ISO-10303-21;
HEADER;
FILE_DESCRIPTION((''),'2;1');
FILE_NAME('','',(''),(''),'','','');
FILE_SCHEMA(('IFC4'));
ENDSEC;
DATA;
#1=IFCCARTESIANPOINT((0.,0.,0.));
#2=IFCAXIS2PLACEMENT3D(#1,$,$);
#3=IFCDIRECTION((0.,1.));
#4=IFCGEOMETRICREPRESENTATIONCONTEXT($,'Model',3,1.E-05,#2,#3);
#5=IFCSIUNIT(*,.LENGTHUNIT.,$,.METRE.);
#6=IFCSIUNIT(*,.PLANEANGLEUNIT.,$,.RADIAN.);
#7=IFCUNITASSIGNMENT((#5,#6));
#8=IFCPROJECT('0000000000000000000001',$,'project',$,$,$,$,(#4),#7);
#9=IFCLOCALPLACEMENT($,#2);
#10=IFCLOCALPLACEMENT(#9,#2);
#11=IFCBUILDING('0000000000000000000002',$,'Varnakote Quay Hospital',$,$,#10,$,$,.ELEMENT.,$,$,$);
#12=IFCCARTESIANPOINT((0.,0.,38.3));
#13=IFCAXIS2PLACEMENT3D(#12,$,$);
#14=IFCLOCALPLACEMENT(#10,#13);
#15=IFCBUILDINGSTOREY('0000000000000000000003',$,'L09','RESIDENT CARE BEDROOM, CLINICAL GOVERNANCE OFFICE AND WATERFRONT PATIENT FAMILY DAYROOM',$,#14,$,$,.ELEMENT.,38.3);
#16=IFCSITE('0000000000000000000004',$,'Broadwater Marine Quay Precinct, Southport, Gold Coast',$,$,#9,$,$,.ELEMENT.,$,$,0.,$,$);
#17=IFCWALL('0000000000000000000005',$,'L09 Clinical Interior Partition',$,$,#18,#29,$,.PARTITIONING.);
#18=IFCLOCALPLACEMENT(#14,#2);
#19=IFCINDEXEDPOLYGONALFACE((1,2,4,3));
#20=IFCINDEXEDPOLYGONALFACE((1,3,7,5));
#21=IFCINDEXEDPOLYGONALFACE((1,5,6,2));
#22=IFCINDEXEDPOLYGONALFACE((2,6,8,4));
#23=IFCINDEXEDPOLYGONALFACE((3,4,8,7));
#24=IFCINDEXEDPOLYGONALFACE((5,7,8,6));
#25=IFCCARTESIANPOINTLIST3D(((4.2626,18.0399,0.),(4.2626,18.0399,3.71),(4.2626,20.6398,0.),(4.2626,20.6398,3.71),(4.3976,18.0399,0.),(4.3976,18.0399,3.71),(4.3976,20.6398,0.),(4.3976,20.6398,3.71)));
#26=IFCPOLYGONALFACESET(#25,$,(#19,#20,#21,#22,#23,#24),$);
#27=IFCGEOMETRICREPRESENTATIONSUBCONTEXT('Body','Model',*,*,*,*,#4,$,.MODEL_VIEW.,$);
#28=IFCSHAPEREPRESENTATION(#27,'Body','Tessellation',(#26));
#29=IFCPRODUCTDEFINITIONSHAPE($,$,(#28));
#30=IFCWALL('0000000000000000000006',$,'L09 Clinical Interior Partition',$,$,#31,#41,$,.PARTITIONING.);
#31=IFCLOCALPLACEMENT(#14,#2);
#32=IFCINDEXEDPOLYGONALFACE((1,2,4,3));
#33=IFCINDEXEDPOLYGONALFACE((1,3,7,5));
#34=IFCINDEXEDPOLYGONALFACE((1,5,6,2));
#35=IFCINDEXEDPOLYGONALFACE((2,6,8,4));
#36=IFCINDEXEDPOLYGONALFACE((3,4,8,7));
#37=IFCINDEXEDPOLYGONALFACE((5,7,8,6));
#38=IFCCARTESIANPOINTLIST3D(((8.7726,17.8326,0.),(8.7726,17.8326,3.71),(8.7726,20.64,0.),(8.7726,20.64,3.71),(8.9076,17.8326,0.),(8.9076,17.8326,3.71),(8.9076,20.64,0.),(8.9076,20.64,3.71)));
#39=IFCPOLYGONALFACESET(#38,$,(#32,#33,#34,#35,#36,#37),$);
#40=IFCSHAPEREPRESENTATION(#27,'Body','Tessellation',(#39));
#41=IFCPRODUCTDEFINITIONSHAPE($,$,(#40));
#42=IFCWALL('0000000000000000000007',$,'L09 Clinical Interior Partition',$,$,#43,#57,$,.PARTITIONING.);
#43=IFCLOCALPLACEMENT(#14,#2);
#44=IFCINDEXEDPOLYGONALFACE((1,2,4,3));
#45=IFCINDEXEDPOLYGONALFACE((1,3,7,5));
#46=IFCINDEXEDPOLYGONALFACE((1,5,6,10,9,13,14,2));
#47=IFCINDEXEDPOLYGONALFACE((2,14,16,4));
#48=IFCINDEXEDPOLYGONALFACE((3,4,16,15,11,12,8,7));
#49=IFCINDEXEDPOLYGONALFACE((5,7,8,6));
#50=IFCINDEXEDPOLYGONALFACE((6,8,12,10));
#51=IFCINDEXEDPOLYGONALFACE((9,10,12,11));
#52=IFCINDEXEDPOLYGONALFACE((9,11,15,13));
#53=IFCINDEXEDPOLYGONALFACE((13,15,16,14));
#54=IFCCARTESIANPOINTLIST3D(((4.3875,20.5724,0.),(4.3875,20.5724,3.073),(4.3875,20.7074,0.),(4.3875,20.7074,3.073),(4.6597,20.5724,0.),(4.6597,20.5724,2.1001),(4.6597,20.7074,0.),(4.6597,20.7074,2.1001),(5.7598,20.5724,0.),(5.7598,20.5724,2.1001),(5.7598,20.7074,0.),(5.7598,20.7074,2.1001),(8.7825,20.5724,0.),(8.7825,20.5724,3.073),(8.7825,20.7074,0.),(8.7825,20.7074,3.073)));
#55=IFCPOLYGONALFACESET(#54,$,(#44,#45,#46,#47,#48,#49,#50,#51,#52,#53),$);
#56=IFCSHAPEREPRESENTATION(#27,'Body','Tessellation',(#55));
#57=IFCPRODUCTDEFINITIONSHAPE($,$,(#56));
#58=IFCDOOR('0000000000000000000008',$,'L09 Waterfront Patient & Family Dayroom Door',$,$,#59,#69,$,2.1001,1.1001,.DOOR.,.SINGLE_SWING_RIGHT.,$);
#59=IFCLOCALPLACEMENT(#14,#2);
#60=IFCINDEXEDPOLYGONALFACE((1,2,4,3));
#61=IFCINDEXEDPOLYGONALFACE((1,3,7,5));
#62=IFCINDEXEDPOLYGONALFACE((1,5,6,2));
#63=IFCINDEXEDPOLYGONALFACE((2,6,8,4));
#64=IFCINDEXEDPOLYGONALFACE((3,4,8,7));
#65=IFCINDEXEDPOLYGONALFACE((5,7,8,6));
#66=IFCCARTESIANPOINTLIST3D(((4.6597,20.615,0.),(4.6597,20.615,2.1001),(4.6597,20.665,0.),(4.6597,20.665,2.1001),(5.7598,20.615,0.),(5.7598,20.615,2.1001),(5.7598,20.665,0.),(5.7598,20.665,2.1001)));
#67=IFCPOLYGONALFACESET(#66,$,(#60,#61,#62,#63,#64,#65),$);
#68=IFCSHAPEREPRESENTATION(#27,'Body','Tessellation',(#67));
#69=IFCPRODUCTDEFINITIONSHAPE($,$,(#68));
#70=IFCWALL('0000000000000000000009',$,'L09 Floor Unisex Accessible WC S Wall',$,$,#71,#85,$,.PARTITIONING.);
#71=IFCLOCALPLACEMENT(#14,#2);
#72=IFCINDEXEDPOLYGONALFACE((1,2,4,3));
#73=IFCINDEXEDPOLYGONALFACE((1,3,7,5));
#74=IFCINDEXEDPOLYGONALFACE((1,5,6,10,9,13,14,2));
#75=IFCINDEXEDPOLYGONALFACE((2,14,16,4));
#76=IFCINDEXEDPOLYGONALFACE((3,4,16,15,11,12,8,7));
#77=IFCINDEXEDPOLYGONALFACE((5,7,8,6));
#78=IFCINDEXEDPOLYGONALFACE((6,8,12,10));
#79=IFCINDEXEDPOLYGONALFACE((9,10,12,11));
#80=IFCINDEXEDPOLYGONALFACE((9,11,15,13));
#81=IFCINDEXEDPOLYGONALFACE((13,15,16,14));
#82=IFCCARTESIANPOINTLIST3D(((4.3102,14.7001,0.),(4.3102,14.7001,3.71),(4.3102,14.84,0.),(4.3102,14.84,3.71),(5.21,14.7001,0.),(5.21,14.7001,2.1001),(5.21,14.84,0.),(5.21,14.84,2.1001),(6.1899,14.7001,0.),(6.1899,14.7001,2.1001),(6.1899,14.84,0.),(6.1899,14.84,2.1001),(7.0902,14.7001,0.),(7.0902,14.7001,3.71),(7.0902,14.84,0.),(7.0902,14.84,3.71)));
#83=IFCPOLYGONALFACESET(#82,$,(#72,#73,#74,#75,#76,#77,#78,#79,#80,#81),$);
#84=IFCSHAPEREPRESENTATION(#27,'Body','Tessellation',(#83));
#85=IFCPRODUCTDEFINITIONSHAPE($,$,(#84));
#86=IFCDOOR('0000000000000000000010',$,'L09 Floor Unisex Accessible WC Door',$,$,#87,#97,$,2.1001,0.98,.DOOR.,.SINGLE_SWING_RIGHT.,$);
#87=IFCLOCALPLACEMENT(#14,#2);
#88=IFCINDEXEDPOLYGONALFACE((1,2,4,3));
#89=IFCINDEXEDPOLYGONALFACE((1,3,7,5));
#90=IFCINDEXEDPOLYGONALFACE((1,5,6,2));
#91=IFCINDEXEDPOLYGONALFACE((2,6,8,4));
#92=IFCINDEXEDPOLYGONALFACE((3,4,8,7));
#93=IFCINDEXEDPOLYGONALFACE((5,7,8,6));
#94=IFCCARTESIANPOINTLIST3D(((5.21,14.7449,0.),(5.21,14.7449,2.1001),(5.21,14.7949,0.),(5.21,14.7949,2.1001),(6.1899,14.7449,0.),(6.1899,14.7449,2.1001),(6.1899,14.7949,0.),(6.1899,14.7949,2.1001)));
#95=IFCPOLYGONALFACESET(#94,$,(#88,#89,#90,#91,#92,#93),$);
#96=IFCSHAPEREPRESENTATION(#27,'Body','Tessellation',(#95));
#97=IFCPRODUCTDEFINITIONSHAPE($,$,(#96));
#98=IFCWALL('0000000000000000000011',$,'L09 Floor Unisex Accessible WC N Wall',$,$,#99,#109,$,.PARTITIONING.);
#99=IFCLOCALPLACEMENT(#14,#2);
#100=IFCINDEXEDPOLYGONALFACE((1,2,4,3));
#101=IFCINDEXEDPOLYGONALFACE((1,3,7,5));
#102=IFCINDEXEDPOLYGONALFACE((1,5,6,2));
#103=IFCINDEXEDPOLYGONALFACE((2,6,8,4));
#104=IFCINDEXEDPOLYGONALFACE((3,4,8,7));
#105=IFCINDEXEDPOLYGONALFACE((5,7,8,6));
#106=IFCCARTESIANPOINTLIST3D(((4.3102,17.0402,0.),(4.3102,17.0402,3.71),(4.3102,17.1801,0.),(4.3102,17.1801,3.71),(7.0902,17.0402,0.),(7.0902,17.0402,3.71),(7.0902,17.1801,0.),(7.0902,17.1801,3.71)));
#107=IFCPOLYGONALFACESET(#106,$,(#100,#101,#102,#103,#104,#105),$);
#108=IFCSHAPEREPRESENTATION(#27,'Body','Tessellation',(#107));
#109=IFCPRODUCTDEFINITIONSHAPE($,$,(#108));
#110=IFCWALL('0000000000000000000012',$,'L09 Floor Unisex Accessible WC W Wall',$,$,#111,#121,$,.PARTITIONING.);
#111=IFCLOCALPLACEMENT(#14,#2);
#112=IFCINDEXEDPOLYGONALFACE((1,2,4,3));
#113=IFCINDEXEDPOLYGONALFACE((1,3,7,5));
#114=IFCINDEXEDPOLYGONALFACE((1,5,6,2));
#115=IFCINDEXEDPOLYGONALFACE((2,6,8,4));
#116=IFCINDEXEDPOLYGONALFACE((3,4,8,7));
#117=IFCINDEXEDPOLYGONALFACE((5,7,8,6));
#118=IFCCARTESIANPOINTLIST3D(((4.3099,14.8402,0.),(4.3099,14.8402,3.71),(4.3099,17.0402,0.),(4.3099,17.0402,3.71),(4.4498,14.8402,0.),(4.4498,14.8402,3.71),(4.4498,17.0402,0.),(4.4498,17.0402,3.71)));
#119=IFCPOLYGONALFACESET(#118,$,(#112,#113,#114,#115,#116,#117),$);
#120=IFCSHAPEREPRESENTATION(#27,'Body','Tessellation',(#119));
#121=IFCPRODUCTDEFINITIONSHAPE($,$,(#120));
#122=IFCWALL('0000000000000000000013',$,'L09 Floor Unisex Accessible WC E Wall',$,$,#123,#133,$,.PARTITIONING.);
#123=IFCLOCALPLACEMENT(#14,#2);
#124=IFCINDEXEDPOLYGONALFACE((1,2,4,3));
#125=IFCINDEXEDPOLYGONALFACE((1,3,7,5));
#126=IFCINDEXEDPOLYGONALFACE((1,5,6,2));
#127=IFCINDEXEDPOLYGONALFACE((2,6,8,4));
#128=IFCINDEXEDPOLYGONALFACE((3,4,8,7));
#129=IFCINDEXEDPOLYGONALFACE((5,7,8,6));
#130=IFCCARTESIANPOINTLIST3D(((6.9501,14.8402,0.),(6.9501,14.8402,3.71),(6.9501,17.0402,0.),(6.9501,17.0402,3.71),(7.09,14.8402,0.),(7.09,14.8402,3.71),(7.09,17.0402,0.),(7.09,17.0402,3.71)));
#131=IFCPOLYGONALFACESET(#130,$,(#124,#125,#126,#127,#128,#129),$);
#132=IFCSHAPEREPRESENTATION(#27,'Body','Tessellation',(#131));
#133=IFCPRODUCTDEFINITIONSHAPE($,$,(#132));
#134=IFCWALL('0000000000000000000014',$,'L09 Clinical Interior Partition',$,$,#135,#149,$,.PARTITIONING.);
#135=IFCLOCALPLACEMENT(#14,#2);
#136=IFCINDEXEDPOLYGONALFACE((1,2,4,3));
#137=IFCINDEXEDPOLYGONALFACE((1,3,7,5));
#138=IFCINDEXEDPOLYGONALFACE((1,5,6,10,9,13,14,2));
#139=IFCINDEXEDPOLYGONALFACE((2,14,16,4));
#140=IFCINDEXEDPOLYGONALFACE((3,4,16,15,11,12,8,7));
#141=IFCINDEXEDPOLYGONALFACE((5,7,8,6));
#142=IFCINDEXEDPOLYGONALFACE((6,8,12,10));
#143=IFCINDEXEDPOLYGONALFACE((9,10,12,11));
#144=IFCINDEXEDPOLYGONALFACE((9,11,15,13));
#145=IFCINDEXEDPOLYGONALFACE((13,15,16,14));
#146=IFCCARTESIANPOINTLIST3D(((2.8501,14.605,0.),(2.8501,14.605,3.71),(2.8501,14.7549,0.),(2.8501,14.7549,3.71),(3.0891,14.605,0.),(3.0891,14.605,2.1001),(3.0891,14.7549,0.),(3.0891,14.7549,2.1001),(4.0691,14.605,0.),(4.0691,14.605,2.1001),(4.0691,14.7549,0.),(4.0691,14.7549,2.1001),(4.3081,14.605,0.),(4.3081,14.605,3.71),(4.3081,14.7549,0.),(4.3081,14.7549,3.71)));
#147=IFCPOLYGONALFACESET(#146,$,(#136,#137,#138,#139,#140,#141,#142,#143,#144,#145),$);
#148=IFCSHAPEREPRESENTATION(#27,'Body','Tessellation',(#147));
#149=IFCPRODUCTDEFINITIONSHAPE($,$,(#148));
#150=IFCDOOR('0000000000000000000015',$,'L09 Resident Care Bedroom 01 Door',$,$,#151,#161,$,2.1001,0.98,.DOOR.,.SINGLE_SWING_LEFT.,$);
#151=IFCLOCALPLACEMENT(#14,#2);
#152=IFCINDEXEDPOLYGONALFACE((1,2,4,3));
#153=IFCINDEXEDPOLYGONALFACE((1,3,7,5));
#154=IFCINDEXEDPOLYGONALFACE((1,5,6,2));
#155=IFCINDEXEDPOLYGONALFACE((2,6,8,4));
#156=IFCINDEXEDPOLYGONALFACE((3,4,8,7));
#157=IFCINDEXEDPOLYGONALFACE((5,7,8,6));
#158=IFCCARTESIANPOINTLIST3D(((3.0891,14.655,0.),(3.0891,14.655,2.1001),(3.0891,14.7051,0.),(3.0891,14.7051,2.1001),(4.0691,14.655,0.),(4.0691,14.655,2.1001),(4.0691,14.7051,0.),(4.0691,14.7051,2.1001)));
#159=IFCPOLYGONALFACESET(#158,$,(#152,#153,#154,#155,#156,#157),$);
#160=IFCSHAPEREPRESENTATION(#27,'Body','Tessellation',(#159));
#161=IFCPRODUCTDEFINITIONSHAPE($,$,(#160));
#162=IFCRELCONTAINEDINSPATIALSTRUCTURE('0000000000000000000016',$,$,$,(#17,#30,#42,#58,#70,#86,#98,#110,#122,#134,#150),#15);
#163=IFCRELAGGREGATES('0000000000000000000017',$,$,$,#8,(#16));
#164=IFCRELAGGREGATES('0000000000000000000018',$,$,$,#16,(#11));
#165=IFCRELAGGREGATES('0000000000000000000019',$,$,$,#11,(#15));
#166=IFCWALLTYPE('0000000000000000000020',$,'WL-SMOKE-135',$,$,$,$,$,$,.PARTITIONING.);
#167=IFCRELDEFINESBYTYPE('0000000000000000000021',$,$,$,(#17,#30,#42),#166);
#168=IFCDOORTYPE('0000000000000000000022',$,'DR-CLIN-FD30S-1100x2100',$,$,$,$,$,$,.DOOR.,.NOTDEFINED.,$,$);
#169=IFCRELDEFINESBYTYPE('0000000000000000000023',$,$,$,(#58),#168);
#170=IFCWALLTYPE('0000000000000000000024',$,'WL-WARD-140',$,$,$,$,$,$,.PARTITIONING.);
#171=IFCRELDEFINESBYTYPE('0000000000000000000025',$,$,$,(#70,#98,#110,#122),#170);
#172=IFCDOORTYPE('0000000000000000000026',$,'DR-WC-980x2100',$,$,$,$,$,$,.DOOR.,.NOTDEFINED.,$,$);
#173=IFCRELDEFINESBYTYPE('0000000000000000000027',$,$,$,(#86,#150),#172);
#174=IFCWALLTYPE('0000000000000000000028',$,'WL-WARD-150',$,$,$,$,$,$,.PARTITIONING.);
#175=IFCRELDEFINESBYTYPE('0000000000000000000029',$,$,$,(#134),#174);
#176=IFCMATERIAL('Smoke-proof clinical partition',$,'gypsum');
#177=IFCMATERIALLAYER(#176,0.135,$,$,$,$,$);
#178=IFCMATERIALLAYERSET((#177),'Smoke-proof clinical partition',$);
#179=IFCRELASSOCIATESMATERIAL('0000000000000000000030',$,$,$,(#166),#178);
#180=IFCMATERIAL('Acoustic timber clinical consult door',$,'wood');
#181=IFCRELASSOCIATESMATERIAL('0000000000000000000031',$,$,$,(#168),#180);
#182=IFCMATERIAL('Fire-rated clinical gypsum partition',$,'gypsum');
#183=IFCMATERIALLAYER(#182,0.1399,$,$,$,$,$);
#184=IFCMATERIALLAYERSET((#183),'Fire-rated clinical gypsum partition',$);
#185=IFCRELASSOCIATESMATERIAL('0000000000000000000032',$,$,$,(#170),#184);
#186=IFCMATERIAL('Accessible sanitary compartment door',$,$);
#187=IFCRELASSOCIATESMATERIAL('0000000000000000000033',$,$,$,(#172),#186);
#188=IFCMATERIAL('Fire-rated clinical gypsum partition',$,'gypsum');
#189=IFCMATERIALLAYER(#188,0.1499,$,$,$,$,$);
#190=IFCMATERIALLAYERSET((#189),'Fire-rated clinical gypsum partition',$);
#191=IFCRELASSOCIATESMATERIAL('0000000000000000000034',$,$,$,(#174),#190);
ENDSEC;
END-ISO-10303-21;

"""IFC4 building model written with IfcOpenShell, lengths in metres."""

from ifc_helpers import new_model, si_unit, direction, frame, frame_2d, origin, place, context, subcontext, project, spatial, rectangle, extrude, material, layer, layer_set, type_object, element, fill, save


model = new_model("IFC4")

# Units and contexts
model_context = context("Model", 3, precision=1e-05, world=origin(), true_north=direction((0.0, 1.0)))
body_context = subcontext(model_context, "Body", "Model", "MODEL_VIEW")
ifc_project = project(units=[si_unit("LENGTHUNIT", "METRE"), si_unit("PLANEANGLEUNIT", "RADIAN")], contexts=[model_context])

# Site, building, storey
site_placement = place(None, origin())
site = spatial("IfcSite", under=ifc_project, at=site_placement, Name="Broadwater Marine Quay Precinct, Southport, Gold Coast", CompositionType="ELEMENT", RefElevation=0.0)
building_placement = place(site_placement, origin())
building = spatial("IfcBuilding", under=site, at=building_placement, Name="Varnakote Quay Hospital", CompositionType="ELEMENT")
storey_placement = place(building_placement, frame((0.0, 0.0, 38.3)))
storey = spatial("IfcBuildingStorey", under=building, at=storey_placement, Name="L09", Description="RESIDENT CARE BEDROOM, CLINICAL GOVERNANCE OFFICE AND WATERFRONT PATIENT FAMILY DAYROOM", CompositionType="ELEMENT", Elevation=38.3)

# Walls
ifc_material_1 = material(Name="Smoke-proof clinical partition", Category="gypsum")
ifc_layer_1 = layer(ifc_material_1, 0.135)
ifc_layer_set_1 = layer_set([ifc_layer_1], Name="Smoke-proof clinical partition")
wall_type_1 = type_object("IfcWallType", Name="WL-SMOKE-135", PredefinedType="PARTITIONING", material=ifc_layer_set_1)
wall_1_placement = place(storey_placement, frame((4.3301, 18.04, 0.0), z_axis=(0.0, 0.0, 1.0), x_axis=(0.0, 1.0, 0.0)))
element("IfcWall", 1, at=wall_1_placement, inside=storey, type_object=wall_type_1, Name="L09 Clinical Interior Partition", PredefinedType="PARTITIONING", context=body_context, shape_type="SweptSolid", body=[
    extrude(rectangle(XDim=2.5999, YDim=0.135, at=frame_2d((1.2998, 0.0))), origin(), (0.0, 0.0, 1.0), 3.71),
])
wall_2_placement = place(storey_placement, frame((8.8401, 17.8325, 0.0), z_axis=(0.0, 0.0, 1.0), x_axis=(0.0, 1.0, 0.0)))
element("IfcWall", 2, at=wall_2_placement, inside=storey, type_object=wall_type_1, Name="L09 Clinical Interior Partition", PredefinedType="PARTITIONING", context=body_context, shape_type="SweptSolid", body=[
    extrude(rectangle(XDim=2.8074, YDim=0.135, at=frame_2d((1.4038, 0.0))), origin(), (0.0, 0.0, 1.0), 3.71),
])

# Walls, openings, doors
wall_3_placement = place(storey_placement, frame((8.7825, 20.6399, 0.0), z_axis=(0.0, 0.0, 1.0), x_axis=(-1.0, 0.0, 0.0)))
wall_3 = element("IfcWall", 3, at=wall_3_placement, inside=storey, type_object=wall_type_1, Name="L09 Clinical Interior Partition", PredefinedType="PARTITIONING", context=body_context, shape_type="SweptSolid", body=[
    extrude(rectangle(XDim=4.395, YDim=0.135, at=frame_2d((2.1975, 0.0))), origin(), (0.0, 0.0, 1.0), 3.073),
])
opening_1_placement = place(wall_3_placement, frame((3.0227, 0.0, 0.0)))
opening_1 = element("IfcOpeningElement", 4, at=opening_1_placement, cuts=wall_3, PredefinedType="OPENING", context=body_context, shape_type="SweptSolid", body=[
    extrude(rectangle(XDim=1.1001, YDim=2.1001, at=frame_2d((0.55, 1.05))), frame((0.0, 0.0774, 0.0), z_axis=(0.0, -1.0, 0.0), x_axis=(1.0, 0.0, 0.0)), (0.0, 0.0, 1.0), 0.155),
])
ifc_material_2 = material(Name="Acoustic timber clinical consult door", Category="wood")
door_type_1 = type_object("IfcDoorType", Name="DR-CLIN-FD30S-1100x2100", OperationType="NOTDEFINED", PredefinedType="DOOR", material=ifc_material_2)
door_1_placement = place(opening_1_placement, origin())
door_1 = element("IfcDoor", 5, at=door_1_placement, inside=storey, type_object=door_type_1, Name="L09 Waterfront Patient & Family Dayroom Door", OperationType="SINGLE_SWING_RIGHT", OverallHeight=2.1001, OverallWidth=1.1001, PredefinedType="DOOR", context=body_context, shape_type="SweptSolid", body=[
    extrude(rectangle(XDim=1.1001, YDim=2.1001, at=frame_2d((0.55, 1.05))), frame((0.0, 0.0249, 0.0), z_axis=(0.0, -1.0, 0.0), x_axis=(1.0, 0.0, 0.0)), (0.0, 0.0, 1.0), 0.05),
])
fill(opening_1, door_1)
ifc_material_3 = material(Name="Fire-rated clinical gypsum partition", Category="gypsum")
ifc_layer_2 = layer(ifc_material_3, 0.1399)
ifc_layer_set_2 = layer_set([ifc_layer_2], Name="Fire-rated clinical gypsum partition")
wall_type_2 = type_object("IfcWallType", Name="WL-WARD-140", PredefinedType="PARTITIONING", material=ifc_layer_set_2)
wall_4_placement = place(storey_placement, frame((4.3101, 14.77, 0.0), z_axis=(0.0, 0.0, 1.0), x_axis=(1.0, 0.0, 0.0)))
wall_4 = element("IfcWall", 6, at=wall_4_placement, inside=storey, type_object=wall_type_2, Name="L09 Floor Unisex Accessible WC S Wall", PredefinedType="PARTITIONING", context=body_context, shape_type="SweptSolid", body=[
    extrude(rectangle(XDim=2.78, YDim=0.1399, at=frame_2d((1.3901, 0.0))), origin(), (0.0, 0.0, 1.0), 3.71),
])
opening_2_placement = place(wall_4_placement, frame((0.8999, 0.0, 0.0)))
opening_2 = element("IfcOpeningElement", 7, at=opening_2_placement, cuts=wall_4, PredefinedType="OPENING", context=body_context, shape_type="SweptSolid", body=[
    extrude(rectangle(XDim=0.98, YDim=2.1001, at=frame_2d((0.49, 1.05))), frame((0.0, 0.0798, 0.0), z_axis=(0.0, -1.0, 0.0), x_axis=(1.0, 0.0, 0.0)), (0.0, 0.0, 1.0), 0.1599),
])
ifc_material_4 = material(Name="Accessible sanitary compartment door")
door_type_2 = type_object("IfcDoorType", Name="DR-WC-980x2100", OperationType="NOTDEFINED", PredefinedType="DOOR", material=ifc_material_4)
door_2_placement = place(opening_2_placement, origin())
door_2 = element("IfcDoor", 8, at=door_2_placement, inside=storey, type_object=door_type_2, Name="L09 Floor Unisex Accessible WC Door", OperationType="SINGLE_SWING_RIGHT", OverallHeight=2.1001, OverallWidth=0.98, PredefinedType="DOOR", context=body_context, shape_type="SweptSolid", body=[
    extrude(rectangle(XDim=0.98, YDim=2.1001, at=frame_2d((0.49, 1.05))), frame((0.0, 0.0249, 0.0), z_axis=(0.0, -1.0, 0.0), x_axis=(1.0, 0.0, 0.0)), (0.0, 0.0, 1.0), 0.05),
])
fill(opening_2, door_2)

# Walls
wall_5_placement = place(storey_placement, frame((4.3101, 17.1101, 0.0), z_axis=(0.0, 0.0, 1.0), x_axis=(1.0, 0.0, 0.0)))
element("IfcWall", 9, at=wall_5_placement, inside=storey, type_object=wall_type_2, Name="L09 Floor Unisex Accessible WC N Wall", PredefinedType="PARTITIONING", context=body_context, shape_type="SweptSolid", body=[
    extrude(rectangle(XDim=2.78, YDim=0.1399, at=frame_2d((1.3901, 0.0))), origin(), (0.0, 0.0, 1.0), 3.71),
])
for number, where, z_axis, x_axis, name in (
    (10, (4.3799, 14.8401, 0.0), (0.0, 0.0, 1.0), (0.0, 1.0, 0.0), "L09 Floor Unisex Accessible WC W Wall"),
    (11, (7.02, 14.8401, 0.0), (0.0, 0.0, 1.0), (0.0, 1.0, 0.0), "L09 Floor Unisex Accessible WC E Wall"),
):
    element("IfcWall", number, at=place(storey_placement, frame(where, z_axis=z_axis, x_axis=x_axis)), inside=storey, type_object=wall_type_2, Name=name, PredefinedType="PARTITIONING", context=body_context, shape_type="SweptSolid", body=[
        extrude(rectangle(XDim=2.2, YDim=0.1399, at=frame_2d((1.1001, 0.0))), origin(), (0.0, 0.0, 1.0), 3.71),
    ])

# Wall, opening, door
ifc_material_5 = material(Name="Fire-rated clinical gypsum partition", Category="gypsum")
ifc_layer_3 = layer(ifc_material_5, 0.1499)
ifc_layer_set_3 = layer_set([ifc_layer_3], Name="Fire-rated clinical gypsum partition")
wall_type_3 = type_object("IfcWallType", Name="WL-WARD-150", PredefinedType="PARTITIONING", material=ifc_layer_set_3)
wall_6_placement = place(storey_placement, frame((4.3081, 14.6799, 0.0), z_axis=(0.0, 0.0, 1.0), x_axis=(-1.0, 0.0, 0.0)))
wall_6 = element("IfcWall", 12, at=wall_6_placement, inside=storey, type_object=wall_type_3, Name="L09 Clinical Interior Partition", PredefinedType="PARTITIONING", context=body_context, shape_type="SweptSolid", body=[
    extrude(rectangle(XDim=1.458, YDim=0.1499, at=frame_2d((0.729, 0.0))), origin(), (0.0, 0.0, 1.0), 3.71),
])
opening_3_placement = place(wall_6_placement, frame((0.239, 0.0, 0.0)))
opening_3 = element("IfcOpeningElement", 13, at=opening_3_placement, cuts=wall_6, PredefinedType="OPENING", context=body_context, shape_type="SweptSolid", body=[
    extrude(rectangle(XDim=0.98, YDim=2.1001, at=frame_2d((0.49, 1.05))), frame((0.0, 0.085, 0.0), z_axis=(0.0, -1.0, 0.0), x_axis=(1.0, 0.0, 0.0)), (0.0, 0.0, 1.0), 0.1699),
])
door_3_placement = place(opening_3_placement, origin())
door_3 = element("IfcDoor", 14, at=door_3_placement, inside=storey, type_object=door_type_2, Name="L09 Resident Care Bedroom 01 Door", OperationType="SINGLE_SWING_LEFT", OverallHeight=2.1001, OverallWidth=0.98, PredefinedType="DOOR", context=body_context, shape_type="SweptSolid", body=[
    extrude(rectangle(XDim=0.98, YDim=2.1001, at=frame_2d((0.49, 1.05))), frame((0.0, 0.0249, 0.0), z_axis=(0.0, -1.0, 0.0), x_axis=(1.0, 0.0, 0.0)), (0.0, 0.0, 1.0), 0.05),
])
fill(opening_3, door_3)

save(model, "model.ifc")
